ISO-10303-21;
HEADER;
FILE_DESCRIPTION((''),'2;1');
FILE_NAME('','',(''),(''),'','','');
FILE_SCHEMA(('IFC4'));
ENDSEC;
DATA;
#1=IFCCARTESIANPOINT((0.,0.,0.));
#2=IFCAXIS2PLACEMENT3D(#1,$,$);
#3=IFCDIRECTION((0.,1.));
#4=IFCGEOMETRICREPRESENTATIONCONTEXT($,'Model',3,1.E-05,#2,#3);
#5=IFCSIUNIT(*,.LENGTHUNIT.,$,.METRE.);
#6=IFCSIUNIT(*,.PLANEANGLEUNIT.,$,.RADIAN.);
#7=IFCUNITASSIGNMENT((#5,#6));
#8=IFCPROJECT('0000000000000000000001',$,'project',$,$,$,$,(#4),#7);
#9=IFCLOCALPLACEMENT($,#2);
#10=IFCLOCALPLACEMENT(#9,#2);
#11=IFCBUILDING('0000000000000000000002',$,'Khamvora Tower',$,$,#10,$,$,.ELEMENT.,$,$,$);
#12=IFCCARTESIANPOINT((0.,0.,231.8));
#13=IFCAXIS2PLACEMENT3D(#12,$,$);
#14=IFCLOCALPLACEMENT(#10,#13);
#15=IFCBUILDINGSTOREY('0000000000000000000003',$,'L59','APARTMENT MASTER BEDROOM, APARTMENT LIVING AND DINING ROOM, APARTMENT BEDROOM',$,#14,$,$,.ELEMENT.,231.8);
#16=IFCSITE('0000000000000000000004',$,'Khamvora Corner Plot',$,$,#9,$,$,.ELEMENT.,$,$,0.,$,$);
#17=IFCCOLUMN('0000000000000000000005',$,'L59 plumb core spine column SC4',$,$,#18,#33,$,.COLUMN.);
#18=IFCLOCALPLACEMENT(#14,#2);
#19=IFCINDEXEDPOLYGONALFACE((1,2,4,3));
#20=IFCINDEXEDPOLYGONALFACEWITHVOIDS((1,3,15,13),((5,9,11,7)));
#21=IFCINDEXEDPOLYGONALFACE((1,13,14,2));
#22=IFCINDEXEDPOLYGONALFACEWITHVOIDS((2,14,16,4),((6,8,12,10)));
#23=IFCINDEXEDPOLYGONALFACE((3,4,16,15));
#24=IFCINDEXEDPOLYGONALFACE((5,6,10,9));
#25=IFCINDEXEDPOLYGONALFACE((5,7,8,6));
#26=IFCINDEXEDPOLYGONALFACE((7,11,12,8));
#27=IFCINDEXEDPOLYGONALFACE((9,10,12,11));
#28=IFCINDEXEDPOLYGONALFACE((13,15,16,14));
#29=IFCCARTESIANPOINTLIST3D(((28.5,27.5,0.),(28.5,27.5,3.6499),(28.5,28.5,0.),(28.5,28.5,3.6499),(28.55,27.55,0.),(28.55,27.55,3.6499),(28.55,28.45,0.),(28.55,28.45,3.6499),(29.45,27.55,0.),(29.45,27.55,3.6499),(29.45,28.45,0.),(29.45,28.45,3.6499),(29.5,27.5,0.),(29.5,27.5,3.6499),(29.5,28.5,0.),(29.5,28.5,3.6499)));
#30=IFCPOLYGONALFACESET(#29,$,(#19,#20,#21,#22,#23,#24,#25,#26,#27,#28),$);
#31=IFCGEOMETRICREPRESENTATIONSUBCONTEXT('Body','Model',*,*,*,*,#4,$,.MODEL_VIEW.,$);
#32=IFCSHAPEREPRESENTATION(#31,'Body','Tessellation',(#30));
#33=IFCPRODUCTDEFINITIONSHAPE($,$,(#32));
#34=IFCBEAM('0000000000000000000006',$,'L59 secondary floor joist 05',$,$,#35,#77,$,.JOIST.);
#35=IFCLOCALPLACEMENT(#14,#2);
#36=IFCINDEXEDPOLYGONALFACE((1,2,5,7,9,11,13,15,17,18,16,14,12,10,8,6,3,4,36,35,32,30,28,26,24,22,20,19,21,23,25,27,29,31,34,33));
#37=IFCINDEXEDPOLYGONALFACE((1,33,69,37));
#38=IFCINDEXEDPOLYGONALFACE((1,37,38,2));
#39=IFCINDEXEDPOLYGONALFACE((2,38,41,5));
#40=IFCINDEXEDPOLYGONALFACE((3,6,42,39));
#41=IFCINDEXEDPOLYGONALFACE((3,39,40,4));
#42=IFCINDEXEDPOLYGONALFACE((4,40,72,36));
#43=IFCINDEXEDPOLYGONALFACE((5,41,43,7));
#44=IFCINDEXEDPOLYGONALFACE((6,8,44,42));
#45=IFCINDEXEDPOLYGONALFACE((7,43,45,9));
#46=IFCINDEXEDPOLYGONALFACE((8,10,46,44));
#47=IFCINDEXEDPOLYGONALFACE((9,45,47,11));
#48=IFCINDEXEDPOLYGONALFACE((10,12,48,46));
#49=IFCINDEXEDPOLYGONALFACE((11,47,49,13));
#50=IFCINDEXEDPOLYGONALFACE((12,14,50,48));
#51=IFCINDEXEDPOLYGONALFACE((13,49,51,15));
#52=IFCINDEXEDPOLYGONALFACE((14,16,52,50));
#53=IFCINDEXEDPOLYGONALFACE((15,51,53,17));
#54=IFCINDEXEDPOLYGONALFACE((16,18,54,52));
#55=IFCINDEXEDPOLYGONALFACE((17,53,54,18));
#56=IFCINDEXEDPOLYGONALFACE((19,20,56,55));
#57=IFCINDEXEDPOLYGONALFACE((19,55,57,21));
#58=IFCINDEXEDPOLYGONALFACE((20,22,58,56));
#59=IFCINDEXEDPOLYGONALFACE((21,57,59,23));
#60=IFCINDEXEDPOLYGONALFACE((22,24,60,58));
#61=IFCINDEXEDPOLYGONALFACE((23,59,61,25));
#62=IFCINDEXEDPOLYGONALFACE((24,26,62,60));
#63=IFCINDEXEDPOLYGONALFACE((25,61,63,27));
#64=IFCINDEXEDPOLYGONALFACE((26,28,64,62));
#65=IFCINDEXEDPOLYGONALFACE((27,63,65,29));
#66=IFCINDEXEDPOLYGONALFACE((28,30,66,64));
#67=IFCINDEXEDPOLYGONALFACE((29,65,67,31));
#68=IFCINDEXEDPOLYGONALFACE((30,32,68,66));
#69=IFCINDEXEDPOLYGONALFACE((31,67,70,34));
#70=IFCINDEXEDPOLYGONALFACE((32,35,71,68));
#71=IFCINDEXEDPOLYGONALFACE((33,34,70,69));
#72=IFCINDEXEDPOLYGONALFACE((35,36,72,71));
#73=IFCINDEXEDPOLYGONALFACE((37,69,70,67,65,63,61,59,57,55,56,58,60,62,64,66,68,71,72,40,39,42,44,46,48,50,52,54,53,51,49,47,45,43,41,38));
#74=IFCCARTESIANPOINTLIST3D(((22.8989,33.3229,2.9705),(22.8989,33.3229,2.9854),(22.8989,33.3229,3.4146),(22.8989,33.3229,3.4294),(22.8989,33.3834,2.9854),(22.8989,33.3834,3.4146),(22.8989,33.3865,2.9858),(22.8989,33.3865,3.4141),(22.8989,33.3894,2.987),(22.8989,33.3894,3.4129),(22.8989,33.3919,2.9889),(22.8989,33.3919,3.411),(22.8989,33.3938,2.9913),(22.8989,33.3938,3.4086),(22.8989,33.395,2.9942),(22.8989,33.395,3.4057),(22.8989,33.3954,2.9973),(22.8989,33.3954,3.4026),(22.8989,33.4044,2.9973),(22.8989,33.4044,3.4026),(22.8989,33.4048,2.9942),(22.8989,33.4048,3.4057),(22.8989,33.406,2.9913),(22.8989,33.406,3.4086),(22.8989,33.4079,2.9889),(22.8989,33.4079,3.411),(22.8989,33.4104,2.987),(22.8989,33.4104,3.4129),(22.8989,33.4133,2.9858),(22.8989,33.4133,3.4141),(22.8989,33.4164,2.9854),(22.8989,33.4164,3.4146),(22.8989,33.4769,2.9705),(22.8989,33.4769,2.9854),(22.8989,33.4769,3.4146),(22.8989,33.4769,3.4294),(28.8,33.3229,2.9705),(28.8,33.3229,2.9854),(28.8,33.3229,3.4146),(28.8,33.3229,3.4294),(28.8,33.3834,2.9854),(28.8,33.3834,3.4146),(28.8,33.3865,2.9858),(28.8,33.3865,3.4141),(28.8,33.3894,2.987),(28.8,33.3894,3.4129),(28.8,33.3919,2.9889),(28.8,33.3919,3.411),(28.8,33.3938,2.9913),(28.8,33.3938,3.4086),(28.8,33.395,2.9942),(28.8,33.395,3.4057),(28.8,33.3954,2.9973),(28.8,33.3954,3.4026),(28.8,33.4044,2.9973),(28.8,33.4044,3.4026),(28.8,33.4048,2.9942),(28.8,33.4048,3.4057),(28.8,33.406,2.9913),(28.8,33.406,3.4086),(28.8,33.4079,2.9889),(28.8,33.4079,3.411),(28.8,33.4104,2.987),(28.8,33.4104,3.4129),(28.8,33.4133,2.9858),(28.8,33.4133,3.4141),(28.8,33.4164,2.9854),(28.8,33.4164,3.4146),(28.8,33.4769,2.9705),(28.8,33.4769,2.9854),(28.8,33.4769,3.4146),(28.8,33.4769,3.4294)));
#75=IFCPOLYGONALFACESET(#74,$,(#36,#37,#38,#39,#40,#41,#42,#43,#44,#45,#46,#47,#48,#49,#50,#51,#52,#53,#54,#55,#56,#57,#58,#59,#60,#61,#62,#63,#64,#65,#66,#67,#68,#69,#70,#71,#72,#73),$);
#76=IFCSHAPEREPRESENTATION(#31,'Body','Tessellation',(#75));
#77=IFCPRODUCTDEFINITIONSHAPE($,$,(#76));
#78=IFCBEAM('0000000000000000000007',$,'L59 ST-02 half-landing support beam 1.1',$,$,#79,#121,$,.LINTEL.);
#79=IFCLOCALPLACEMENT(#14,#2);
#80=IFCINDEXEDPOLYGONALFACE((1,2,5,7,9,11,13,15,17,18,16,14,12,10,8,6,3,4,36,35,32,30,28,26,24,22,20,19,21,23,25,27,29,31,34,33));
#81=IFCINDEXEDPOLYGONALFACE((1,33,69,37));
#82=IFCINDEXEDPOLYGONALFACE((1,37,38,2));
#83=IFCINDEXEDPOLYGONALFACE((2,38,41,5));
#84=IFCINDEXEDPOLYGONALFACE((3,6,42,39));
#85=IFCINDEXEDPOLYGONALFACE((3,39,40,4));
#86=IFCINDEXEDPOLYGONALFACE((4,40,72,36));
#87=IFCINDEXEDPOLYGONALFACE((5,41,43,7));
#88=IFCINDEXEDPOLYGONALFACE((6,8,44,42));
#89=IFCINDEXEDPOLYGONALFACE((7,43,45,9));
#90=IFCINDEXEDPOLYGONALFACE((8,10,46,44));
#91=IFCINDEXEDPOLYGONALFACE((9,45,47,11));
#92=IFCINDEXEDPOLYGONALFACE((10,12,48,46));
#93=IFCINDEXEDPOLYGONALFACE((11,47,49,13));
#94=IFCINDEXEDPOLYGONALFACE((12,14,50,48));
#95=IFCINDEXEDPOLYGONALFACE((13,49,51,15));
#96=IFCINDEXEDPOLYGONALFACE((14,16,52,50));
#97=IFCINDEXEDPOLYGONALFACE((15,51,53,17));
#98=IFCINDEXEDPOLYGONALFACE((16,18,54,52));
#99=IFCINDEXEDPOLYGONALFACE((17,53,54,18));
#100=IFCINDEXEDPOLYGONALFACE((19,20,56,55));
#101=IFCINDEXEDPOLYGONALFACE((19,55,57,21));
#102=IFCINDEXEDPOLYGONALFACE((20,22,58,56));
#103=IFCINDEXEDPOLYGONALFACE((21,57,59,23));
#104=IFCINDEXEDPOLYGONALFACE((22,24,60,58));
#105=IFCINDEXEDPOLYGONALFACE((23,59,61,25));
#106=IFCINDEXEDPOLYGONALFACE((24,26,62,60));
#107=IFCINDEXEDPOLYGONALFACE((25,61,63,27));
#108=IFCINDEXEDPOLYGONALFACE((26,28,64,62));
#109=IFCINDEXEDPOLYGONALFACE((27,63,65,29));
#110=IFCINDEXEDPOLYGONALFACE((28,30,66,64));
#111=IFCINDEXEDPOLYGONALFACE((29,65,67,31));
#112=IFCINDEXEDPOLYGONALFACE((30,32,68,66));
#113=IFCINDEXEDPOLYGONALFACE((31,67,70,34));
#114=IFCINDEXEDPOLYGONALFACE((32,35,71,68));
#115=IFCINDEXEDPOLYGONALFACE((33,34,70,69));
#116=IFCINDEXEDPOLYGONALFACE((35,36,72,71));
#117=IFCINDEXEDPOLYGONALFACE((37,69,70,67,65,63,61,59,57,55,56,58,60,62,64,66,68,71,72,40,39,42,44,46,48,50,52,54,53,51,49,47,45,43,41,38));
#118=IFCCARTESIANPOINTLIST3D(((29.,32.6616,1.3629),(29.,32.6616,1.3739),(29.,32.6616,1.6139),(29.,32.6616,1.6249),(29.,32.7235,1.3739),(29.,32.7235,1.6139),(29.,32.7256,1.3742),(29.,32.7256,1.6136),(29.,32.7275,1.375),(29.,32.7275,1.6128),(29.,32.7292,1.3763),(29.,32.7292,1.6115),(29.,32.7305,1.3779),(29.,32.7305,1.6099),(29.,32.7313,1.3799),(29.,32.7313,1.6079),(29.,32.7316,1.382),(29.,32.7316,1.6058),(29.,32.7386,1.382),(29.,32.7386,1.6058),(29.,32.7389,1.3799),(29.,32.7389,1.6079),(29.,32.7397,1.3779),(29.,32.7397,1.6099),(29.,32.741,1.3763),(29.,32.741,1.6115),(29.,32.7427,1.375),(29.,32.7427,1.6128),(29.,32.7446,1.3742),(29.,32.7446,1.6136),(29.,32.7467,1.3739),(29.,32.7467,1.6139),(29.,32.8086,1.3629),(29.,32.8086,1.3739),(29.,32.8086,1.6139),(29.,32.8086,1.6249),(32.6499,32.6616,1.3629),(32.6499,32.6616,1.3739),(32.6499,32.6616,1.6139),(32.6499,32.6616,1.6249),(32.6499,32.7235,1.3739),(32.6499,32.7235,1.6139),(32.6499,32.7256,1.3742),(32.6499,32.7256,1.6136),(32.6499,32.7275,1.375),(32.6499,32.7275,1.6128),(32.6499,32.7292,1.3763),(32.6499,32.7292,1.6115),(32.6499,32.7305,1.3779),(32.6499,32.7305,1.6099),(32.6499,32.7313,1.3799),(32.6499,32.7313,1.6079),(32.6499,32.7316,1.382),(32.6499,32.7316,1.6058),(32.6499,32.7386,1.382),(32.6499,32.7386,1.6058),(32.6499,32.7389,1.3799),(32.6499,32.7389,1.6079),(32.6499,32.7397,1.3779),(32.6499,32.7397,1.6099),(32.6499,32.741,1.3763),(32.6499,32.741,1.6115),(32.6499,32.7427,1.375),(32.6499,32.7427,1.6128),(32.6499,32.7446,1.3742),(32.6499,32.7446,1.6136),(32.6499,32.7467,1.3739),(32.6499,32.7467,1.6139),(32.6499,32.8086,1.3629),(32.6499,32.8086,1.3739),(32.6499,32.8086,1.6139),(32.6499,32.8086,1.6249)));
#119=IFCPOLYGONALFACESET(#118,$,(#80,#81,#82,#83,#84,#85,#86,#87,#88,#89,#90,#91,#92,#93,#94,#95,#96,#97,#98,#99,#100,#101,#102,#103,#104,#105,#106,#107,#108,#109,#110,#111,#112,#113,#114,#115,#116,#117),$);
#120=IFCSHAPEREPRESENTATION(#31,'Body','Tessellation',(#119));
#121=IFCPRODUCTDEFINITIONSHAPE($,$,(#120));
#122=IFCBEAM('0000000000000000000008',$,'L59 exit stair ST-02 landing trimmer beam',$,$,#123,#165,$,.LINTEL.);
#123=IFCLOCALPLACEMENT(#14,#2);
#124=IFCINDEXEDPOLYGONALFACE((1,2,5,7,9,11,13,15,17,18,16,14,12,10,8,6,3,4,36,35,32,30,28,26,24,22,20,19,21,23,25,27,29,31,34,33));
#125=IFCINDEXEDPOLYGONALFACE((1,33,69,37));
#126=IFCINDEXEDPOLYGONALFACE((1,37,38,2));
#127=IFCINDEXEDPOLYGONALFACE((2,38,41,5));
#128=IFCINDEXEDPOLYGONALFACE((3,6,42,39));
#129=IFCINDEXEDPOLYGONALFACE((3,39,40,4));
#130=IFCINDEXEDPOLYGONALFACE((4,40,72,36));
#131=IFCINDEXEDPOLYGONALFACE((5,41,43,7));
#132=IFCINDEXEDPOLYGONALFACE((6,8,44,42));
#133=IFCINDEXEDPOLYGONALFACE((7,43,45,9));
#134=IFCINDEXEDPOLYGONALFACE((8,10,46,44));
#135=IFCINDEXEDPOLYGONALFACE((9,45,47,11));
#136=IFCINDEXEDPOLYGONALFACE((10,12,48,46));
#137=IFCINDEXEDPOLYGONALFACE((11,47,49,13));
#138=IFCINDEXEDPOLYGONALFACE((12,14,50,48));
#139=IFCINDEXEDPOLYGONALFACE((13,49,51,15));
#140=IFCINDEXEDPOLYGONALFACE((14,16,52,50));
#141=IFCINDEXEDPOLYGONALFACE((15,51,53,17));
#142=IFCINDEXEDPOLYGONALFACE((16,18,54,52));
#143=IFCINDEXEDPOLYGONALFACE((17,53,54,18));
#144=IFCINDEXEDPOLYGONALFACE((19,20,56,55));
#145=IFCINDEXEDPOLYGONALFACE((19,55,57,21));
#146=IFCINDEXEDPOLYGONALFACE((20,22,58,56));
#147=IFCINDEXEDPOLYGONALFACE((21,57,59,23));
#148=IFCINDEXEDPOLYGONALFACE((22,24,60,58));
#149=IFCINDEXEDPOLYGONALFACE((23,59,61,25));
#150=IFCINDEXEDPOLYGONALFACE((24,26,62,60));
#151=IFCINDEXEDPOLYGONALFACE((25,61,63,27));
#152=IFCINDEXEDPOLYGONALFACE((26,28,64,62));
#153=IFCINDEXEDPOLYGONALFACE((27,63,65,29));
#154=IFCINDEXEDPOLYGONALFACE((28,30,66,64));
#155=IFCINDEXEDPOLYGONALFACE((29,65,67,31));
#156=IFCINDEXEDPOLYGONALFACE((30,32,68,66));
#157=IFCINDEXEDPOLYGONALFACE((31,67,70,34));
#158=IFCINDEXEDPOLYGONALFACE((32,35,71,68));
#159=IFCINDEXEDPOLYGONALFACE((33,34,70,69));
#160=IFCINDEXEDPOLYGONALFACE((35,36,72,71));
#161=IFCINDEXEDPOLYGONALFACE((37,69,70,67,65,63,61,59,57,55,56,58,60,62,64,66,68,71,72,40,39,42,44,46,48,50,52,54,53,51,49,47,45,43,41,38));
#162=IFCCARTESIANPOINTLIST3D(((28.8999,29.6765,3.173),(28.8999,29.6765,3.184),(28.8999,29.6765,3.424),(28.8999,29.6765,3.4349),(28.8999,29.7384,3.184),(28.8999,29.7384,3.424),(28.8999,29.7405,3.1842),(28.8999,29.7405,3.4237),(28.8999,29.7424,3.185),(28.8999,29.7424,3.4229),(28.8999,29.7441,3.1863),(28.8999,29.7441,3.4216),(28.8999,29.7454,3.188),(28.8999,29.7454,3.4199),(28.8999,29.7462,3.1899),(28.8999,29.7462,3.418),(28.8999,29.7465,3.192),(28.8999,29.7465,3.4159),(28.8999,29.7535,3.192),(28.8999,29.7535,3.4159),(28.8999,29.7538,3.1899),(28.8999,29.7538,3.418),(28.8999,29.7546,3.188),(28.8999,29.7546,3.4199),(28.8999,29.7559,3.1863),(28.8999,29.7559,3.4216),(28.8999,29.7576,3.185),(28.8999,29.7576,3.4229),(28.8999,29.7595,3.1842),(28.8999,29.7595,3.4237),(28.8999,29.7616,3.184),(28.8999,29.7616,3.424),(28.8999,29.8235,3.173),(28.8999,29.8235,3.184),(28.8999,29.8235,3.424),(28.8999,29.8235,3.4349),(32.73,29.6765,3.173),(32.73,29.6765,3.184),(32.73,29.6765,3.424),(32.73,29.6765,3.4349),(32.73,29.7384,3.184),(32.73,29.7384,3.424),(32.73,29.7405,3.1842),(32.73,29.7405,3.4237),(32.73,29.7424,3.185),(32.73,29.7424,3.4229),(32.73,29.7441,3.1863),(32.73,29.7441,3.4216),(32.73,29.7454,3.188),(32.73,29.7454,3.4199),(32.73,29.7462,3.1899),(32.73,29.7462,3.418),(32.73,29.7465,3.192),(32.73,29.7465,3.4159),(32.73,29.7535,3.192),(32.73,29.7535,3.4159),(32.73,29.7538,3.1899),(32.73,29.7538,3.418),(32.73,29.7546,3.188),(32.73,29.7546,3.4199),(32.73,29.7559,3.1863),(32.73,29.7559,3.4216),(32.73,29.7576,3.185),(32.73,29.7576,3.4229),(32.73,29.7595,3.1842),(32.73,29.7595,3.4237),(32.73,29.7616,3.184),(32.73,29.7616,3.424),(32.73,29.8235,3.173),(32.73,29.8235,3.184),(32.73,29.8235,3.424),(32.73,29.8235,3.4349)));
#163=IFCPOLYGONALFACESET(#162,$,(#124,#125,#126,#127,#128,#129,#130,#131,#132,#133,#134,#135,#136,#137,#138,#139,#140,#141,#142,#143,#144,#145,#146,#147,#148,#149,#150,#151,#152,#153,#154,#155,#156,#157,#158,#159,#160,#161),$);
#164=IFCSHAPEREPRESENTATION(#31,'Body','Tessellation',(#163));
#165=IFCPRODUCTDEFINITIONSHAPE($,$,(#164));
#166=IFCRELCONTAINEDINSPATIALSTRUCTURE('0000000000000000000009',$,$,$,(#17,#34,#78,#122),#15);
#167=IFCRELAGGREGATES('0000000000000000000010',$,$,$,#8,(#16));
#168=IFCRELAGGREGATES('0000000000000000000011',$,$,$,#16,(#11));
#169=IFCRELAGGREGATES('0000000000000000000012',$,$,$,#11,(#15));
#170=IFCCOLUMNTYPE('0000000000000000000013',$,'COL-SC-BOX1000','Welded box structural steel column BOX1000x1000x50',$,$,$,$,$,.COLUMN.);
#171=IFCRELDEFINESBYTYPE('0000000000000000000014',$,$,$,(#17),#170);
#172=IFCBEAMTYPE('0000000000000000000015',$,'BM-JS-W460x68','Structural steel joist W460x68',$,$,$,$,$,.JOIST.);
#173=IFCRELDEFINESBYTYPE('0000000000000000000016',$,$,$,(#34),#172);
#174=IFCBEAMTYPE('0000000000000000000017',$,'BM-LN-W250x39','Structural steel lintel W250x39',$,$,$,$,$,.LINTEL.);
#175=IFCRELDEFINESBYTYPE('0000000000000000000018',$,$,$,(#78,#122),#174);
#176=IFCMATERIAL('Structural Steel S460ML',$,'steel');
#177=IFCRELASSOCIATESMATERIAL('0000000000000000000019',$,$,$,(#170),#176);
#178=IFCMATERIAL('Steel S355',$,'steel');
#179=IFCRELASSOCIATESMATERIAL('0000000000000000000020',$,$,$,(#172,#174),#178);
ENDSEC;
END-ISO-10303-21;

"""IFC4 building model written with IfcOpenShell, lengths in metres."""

from ifc_helpers import new_model, si_unit, direction, frame, origin, origin_2d, place, context, subcontext, project, spatial, hollow_rectangle, i_section, extrude, material, material_profile, profile_set, type_object, element, save


model = new_model("IFC4")

# Units and contexts
model_context = context("Model", 3, precision=1e-05, world=origin(), true_north=direction((0.0, 1.0)))
body_context = subcontext(model_context, "Body", "Model", "MODEL_VIEW")
ifc_project = project(units=[si_unit("LENGTHUNIT", "METRE"), si_unit("PLANEANGLEUNIT", "RADIAN")], contexts=[model_context])

# Site, building, storey
site_placement = place(None, origin())
site = spatial("IfcSite", under=ifc_project, at=site_placement, Name="Khamvora Corner Plot", CompositionType="ELEMENT", RefElevation=0.0)
building_placement = place(site_placement, origin())
building = spatial("IfcBuilding", under=site, at=building_placement, Name="Khamvora Tower", CompositionType="ELEMENT")
storey_placement = place(building_placement, frame((0.0, 0.0, 231.8)))
storey = spatial("IfcBuildingStorey", under=building, at=storey_placement, Name="L59", Description="APARTMENT MASTER BEDROOM, APARTMENT LIVING AND DINING ROOM, APARTMENT BEDROOM", CompositionType="ELEMENT", Elevation=231.8)

# Column
ifc_material_1 = material(Name="Structural Steel S460ML", Category="steel")
ifc_material_profile_1 = material_profile(ifc_material_1, hollow_rectangle(XDim=1.0, YDim=1.0, WallThickness=0.05, at=origin_2d()), Name="BOX1000x1000x50")
ifc_profile_set_1 = profile_set([ifc_material_profile_1], Name="Structural Steel S460ML")
column_type = type_object("IfcColumnType", Name="COL-SC-BOX1000", Description="Welded box structural steel column BOX1000x1000x50", PredefinedType="COLUMN", material=ifc_profile_set_1)
column_placement = place(storey_placement, frame((29.0, 28.0, 0.0), z_axis=(0.0, 0.0, 1.0), x_axis=(1.0, 0.0, 0.0)))
element("IfcColumn", 1, at=column_placement, inside=storey, type_object=column_type, Name="L59 plumb core spine column SC4", PredefinedType="COLUMN", context=body_context, shape_type="SweptSolid", body=[
    extrude(hollow_rectangle(XDim=1.0, YDim=1.0, WallThickness=0.05, at=origin_2d()), origin(), (0.0, 0.0, 1.0), 3.6499),
])

# Beams
ifc_material_2 = material(Name="Steel S355", Category="steel")
ifc_material_profile_2 = material_profile(ifc_material_2, i_section(OverallWidth=0.1541, OverallDepth=0.459, WebThickness=0.009, FlangeThickness=0.0149, FilletRadius=0.012, at=origin_2d()), Name="W460x68")
ifc_profile_set_2 = profile_set([ifc_material_profile_2], Name="Steel S355")
beam_type_1 = type_object("IfcBeamType", Name="BM-JS-W460x68", Description="Structural steel joist W460x68", PredefinedType="JOIST", material=ifc_profile_set_2)
beam_1_placement = place(storey_placement, frame((22.8989, 33.3999, 3.2), z_axis=(1.0, 0.0, 0.0), x_axis=(0.0, 1.0, 0.0)))
element("IfcBeam", 2, at=beam_1_placement, inside=storey, type_object=beam_type_1, Name="L59 secondary floor joist 05", PredefinedType="JOIST", context=body_context, shape_type="SweptSolid", body=[
    extrude(i_section(OverallWidth=0.1541, OverallDepth=0.459, WebThickness=0.009, FlangeThickness=0.0149, FilletRadius=0.012, at=origin_2d()), origin(), (0.0, 0.0, 1.0), 5.9011),
])
ifc_material_profile_3 = material_profile(ifc_material_2, i_section(OverallWidth=0.147, OverallDepth=0.262, WebThickness=0.0071, FlangeThickness=0.011, FilletRadius=0.0081, at=origin_2d()), Name="W250x39")
ifc_profile_set_3 = profile_set([ifc_material_profile_3], Name="Steel S355")
beam_type_2 = type_object("IfcBeamType", Name="BM-LN-W250x39", Description="Structural steel lintel W250x39", PredefinedType="LINTEL", material=ifc_profile_set_3)
beam_2_placement = place(storey_placement, frame((29.0, 32.7351, 1.4939), z_axis=(1.0, 0.0, 0.0), x_axis=(0.0, 1.0, 0.0)))
element("IfcBeam", 3, at=beam_2_placement, inside=storey, type_object=beam_type_2, Name="L59 ST-02 half-landing support beam 1.1", PredefinedType="LINTEL", context=body_context, shape_type="SweptSolid", body=[
    extrude(i_section(OverallWidth=0.147, OverallDepth=0.262, WebThickness=0.0071, FlangeThickness=0.011, FilletRadius=0.0081, at=origin_2d()), origin(), (0.0, 0.0, 1.0), 3.6499),
])
beam_3_placement = place(storey_placement, frame((28.8999, 29.75, 3.304), z_axis=(1.0, 0.0, 0.0), x_axis=(0.0, 1.0, 0.0)))
element("IfcBeam", 4, at=beam_3_placement, inside=storey, type_object=beam_type_2, Name="L59 exit stair ST-02 landing trimmer beam", PredefinedType="LINTEL", context=body_context, shape_type="SweptSolid", body=[
    extrude(i_section(OverallWidth=0.147, OverallDepth=0.262, WebThickness=0.0071, FlangeThickness=0.011, FilletRadius=0.0081, at=origin_2d()), origin(), (0.0, 0.0, 1.0), 3.8301),
])

save(model, "model.ifc")
